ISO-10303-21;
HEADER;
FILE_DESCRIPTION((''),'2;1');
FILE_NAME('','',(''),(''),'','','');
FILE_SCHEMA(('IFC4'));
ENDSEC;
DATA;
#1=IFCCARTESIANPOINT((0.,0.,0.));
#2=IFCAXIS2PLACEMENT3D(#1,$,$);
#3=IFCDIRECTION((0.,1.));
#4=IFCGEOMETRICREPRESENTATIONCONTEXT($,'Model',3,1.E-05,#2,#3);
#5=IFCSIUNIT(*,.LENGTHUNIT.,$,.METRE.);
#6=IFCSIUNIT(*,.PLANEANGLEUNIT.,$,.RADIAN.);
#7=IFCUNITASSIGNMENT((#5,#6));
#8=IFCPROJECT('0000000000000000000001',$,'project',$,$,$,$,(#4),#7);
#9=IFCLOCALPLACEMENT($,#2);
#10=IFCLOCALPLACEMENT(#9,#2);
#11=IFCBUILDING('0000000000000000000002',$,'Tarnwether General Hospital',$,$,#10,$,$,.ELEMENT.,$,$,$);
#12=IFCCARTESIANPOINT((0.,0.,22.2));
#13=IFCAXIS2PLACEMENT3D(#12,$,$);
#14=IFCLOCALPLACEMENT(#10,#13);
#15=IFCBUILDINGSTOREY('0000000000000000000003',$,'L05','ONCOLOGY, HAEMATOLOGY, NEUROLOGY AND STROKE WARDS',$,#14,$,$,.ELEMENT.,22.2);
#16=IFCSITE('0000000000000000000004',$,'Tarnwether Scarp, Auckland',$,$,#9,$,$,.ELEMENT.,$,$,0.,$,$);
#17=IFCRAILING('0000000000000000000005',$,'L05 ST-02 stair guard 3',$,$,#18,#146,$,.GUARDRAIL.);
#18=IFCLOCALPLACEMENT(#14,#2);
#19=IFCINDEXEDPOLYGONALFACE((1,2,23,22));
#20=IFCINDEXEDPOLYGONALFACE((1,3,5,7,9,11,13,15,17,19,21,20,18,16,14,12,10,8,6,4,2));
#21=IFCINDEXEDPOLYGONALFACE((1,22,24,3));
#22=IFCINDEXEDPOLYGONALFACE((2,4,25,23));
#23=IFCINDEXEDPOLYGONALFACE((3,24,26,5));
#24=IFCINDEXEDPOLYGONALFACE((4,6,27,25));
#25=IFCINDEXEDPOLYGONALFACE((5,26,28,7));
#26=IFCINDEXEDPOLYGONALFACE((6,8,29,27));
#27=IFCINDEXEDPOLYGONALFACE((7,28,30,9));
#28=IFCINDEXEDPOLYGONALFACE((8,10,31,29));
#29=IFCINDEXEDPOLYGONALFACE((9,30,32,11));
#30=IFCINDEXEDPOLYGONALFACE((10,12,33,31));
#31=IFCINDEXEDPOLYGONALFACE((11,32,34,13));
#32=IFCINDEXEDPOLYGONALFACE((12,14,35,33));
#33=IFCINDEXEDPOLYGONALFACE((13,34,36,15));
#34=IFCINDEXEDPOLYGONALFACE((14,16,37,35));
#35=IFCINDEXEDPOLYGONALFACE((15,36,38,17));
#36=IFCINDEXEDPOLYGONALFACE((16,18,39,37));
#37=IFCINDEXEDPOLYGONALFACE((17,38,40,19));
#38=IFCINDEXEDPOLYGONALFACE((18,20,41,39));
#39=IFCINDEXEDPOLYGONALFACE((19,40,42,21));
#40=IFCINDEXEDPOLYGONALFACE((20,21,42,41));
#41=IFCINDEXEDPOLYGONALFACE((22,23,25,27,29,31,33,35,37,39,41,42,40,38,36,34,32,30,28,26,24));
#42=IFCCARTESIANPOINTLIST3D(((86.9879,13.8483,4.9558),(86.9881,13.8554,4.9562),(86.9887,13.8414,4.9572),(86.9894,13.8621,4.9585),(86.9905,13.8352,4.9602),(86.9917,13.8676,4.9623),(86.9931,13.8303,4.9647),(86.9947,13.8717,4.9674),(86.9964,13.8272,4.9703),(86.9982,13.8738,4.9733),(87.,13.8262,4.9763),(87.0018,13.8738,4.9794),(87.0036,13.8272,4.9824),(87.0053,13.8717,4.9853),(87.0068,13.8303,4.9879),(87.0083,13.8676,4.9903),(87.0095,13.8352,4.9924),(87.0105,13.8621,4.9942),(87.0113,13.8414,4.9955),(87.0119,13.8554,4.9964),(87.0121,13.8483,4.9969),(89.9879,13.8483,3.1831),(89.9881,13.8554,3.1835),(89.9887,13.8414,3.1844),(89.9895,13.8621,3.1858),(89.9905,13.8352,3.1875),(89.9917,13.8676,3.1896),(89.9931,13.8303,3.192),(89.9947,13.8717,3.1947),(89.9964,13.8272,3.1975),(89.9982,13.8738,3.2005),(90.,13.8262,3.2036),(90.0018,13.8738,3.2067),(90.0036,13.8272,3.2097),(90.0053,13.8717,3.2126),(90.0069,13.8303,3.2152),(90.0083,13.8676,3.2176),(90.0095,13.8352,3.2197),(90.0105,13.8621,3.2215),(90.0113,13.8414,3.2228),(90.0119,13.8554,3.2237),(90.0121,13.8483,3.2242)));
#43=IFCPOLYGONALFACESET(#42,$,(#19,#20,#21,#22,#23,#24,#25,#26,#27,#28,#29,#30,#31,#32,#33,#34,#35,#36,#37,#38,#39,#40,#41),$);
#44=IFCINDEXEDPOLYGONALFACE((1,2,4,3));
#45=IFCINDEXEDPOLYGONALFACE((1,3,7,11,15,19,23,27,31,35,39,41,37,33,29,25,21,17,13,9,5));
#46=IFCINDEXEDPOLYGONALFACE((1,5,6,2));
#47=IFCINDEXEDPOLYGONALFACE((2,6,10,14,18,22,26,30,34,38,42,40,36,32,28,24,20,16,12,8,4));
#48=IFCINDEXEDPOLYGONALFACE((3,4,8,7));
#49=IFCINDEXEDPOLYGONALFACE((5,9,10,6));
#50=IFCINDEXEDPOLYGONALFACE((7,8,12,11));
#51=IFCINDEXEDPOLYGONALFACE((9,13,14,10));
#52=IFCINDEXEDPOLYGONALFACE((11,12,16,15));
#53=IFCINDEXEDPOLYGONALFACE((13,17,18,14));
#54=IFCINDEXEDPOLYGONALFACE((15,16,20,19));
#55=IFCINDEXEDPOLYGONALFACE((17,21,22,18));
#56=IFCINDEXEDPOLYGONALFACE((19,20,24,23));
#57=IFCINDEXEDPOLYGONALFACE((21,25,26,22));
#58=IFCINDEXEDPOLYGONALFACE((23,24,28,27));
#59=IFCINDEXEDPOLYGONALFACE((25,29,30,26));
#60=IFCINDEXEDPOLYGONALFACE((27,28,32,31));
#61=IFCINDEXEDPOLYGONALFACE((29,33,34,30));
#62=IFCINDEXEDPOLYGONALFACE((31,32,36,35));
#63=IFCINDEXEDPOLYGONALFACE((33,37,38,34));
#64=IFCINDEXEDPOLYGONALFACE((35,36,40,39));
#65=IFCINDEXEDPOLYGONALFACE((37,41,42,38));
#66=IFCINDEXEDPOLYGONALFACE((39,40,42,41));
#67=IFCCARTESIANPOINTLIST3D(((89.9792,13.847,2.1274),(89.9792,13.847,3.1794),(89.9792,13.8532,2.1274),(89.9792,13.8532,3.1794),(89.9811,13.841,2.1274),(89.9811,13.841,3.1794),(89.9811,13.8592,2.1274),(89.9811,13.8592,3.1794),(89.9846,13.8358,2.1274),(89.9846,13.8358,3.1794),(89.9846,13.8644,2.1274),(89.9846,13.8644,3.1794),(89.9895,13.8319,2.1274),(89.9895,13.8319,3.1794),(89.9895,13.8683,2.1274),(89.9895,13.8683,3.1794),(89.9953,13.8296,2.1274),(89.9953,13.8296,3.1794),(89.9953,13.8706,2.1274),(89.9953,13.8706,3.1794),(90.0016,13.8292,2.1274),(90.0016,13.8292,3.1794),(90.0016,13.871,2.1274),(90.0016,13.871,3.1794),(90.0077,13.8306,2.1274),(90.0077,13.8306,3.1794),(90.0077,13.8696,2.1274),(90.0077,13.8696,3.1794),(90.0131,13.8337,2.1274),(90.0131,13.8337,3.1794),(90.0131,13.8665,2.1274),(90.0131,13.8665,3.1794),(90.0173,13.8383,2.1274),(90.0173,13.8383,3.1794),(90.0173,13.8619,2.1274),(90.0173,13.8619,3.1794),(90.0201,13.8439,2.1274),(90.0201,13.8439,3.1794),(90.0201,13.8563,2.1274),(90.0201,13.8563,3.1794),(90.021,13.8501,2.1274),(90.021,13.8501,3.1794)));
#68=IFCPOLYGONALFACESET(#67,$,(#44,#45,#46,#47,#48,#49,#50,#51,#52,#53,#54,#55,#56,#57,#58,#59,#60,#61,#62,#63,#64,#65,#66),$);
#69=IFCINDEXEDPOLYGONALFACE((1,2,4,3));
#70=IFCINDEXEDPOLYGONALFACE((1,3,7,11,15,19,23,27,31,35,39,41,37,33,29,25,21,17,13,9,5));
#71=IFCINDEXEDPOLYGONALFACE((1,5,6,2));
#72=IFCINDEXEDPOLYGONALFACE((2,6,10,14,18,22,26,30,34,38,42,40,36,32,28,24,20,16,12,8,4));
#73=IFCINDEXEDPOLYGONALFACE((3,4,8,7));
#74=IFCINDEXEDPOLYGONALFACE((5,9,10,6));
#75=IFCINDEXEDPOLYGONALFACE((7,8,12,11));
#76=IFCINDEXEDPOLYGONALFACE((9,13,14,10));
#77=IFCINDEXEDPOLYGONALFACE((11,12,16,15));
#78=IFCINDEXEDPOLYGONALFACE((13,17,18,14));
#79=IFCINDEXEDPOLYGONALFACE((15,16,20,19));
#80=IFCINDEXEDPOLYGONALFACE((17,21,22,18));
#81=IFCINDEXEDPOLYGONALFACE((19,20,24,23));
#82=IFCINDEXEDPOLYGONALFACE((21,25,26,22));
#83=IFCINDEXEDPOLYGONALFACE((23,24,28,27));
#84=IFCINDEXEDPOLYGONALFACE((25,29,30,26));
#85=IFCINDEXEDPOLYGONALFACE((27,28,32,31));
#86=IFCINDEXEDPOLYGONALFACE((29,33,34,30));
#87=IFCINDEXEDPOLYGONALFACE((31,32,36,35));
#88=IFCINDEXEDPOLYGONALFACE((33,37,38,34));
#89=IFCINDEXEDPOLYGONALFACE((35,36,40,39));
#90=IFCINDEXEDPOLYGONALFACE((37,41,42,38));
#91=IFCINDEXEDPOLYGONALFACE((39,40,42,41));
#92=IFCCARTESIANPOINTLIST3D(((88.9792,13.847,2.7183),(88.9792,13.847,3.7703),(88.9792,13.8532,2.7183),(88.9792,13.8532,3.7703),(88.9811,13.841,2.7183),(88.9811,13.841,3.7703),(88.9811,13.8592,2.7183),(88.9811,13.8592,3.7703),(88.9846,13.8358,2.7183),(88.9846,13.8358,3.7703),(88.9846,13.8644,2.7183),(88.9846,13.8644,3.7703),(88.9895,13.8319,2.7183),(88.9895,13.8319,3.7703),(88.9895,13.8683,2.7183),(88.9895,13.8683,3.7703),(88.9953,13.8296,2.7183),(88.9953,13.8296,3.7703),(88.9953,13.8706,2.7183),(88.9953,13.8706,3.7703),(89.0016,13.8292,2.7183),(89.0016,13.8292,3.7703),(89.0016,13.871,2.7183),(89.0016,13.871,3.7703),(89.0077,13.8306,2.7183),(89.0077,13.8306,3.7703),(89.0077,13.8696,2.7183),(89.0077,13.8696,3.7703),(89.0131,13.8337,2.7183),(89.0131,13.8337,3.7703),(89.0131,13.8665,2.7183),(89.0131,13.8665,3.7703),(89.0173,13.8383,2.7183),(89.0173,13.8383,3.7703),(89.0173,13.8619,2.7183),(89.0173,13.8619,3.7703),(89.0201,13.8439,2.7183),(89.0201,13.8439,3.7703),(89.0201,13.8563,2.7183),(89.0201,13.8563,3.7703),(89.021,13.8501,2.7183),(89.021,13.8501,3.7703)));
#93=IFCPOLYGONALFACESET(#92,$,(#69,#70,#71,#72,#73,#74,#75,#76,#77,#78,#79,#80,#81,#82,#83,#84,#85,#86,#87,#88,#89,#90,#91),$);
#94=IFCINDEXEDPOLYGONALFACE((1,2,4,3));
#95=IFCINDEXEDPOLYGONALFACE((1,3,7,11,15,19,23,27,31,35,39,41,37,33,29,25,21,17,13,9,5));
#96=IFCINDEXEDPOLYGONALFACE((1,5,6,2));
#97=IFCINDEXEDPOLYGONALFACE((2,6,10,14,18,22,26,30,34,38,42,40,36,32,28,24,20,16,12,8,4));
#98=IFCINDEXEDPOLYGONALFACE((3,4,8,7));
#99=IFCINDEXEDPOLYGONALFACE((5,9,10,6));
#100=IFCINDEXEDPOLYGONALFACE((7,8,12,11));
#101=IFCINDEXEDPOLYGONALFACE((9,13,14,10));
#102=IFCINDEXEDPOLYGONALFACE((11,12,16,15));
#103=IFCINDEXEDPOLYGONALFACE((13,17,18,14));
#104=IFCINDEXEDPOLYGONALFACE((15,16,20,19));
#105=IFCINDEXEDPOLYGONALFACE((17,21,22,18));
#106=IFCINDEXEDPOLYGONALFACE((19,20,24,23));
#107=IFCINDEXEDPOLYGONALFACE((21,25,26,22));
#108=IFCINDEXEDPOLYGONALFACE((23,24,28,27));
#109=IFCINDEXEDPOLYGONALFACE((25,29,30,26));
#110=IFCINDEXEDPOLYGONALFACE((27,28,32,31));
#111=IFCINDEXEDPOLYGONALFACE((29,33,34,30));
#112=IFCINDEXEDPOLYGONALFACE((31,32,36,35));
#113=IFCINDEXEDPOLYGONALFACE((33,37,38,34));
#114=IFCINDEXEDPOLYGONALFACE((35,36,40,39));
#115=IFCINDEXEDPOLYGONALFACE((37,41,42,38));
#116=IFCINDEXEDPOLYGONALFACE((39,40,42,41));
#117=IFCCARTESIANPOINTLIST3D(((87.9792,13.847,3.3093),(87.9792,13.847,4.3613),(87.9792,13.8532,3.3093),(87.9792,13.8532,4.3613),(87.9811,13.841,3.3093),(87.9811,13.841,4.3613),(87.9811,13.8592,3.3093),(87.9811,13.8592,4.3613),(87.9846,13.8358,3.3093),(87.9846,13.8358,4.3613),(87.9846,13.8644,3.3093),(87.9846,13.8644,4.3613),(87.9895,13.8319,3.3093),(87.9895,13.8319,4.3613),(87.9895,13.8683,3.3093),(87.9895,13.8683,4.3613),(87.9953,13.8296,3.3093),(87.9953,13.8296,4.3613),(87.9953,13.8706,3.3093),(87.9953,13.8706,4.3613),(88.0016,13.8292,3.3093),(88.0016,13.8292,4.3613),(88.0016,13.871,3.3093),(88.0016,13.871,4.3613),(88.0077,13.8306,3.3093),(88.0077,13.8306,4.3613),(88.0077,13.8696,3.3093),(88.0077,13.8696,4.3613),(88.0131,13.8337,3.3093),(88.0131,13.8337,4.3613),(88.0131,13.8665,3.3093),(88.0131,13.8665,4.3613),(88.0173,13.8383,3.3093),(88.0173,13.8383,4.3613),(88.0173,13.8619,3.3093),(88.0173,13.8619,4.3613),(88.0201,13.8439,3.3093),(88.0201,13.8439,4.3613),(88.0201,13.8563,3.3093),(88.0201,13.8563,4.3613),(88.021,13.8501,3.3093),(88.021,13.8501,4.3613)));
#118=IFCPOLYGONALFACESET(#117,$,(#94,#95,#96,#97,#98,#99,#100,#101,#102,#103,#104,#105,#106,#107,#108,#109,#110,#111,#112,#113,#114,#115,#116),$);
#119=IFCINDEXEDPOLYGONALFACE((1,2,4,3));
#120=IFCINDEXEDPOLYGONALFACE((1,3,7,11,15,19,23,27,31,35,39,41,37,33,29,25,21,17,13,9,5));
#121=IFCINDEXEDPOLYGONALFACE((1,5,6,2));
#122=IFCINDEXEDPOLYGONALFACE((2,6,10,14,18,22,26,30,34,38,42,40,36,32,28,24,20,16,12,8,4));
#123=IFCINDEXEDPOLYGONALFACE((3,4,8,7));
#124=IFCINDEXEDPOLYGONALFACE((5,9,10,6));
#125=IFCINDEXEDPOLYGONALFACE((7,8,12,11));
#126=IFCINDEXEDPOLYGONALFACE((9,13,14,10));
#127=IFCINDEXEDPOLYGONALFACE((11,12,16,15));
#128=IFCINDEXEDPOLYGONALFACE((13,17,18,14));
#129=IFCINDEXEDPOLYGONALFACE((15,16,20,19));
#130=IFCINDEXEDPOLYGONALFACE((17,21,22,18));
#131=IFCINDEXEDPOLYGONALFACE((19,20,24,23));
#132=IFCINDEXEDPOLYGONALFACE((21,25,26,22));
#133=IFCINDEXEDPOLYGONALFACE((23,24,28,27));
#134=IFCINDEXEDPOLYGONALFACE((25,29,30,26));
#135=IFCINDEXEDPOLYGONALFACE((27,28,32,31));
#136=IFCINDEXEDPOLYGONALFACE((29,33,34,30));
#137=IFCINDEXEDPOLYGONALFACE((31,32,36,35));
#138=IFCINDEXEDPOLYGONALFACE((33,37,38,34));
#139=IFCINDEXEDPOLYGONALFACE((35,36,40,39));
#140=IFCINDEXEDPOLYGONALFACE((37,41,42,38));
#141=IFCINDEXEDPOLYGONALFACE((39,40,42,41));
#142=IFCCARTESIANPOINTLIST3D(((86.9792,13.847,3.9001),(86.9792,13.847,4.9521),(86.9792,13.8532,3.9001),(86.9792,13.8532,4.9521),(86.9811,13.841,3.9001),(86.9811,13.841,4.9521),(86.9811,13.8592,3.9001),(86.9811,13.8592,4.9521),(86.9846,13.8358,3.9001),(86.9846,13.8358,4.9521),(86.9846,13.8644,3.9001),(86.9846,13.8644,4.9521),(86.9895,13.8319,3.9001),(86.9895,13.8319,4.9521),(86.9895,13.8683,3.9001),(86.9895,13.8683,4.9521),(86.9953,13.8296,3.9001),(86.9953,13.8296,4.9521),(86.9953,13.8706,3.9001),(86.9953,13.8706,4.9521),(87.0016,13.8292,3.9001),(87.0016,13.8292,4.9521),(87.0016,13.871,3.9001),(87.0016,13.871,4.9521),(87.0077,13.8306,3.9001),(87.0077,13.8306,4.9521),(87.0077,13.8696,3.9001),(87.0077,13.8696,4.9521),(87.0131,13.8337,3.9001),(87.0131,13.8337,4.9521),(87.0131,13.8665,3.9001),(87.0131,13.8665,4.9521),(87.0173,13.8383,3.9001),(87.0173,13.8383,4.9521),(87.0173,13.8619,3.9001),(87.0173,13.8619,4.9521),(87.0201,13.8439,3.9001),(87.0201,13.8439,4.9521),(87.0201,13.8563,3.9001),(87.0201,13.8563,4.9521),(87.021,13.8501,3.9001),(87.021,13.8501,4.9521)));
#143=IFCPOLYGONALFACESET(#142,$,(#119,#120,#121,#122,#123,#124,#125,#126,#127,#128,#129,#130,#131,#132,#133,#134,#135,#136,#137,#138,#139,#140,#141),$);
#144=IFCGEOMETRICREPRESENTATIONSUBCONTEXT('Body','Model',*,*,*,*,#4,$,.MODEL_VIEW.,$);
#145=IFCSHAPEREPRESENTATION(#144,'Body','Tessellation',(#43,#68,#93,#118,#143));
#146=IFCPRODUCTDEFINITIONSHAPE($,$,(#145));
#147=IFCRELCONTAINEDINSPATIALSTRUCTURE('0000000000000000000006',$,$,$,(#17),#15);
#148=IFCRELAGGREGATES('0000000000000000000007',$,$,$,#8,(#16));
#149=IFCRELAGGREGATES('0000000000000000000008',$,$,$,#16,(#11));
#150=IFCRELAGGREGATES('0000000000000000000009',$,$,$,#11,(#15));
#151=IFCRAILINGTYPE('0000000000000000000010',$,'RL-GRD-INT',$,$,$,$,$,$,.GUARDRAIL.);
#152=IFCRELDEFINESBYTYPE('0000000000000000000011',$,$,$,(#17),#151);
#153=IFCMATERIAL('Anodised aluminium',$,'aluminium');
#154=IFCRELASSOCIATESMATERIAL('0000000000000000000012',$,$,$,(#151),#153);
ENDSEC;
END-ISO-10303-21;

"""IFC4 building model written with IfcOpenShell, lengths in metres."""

from ifc_helpers import new_model, si_unit, direction, frame, origin, origin_2d, place, context, subcontext, project, spatial, circle, extrude, material, type_object, element, save


model = new_model("IFC4")

# Units and contexts
model_context = context("Model", 3, precision=1e-05, world=origin(), true_north=direction((0.0, 1.0)))
body_context = subcontext(model_context, "Body", "Model", "MODEL_VIEW")
ifc_project = project(units=[si_unit("LENGTHUNIT", "METRE"), si_unit("PLANEANGLEUNIT", "RADIAN")], contexts=[model_context])

# Site, building, storey
site_placement = place(None, origin())
site = spatial("IfcSite", under=ifc_project, at=site_placement, Name="Tarnwether Scarp, Auckland", CompositionType="ELEMENT", RefElevation=0.0)
building_placement = place(site_placement, origin())
building = spatial("IfcBuilding", under=site, at=building_placement, Name="Tarnwether General Hospital", CompositionType="ELEMENT")
storey_placement = place(building_placement, frame((0.0, 0.0, 22.2)))
storey = spatial("IfcBuildingStorey", under=building, at=storey_placement, Name="L05", Description="ONCOLOGY, HAEMATOLOGY, NEUROLOGY AND STROKE WARDS", CompositionType="ELEMENT", Elevation=22.2)

# Railing
ifc_material_1 = material(Name="Anodised aluminium", Category="aluminium")
railing_type_1 = type_object("IfcRailingType", Name="RL-GRD-INT", PredefinedType="GUARDRAIL", material=ifc_material_1)
railing_1_placement = place(storey_placement, frame((90.0, 13.8501, 2.1274)))
element("IfcRailing", 1, at=railing_1_placement, inside=storey, type_object=railing_type_1, Name="L05 ST-02 stair guard 3", PredefinedType="GUARDRAIL", context=body_context, shape_type="SweptSolid", body=[
    extrude(circle(Radius=0.0239, at=origin_2d()), frame((0.0, 0.0, 1.0762), z_axis=(-0.860929, 0.0, 0.508725), x_axis=(0.0, -1.0, 0.0)), (0.0, 0.0, 1.0), 3.4846),
    extrude(circle(Radius=0.021, at=origin_2d()), origin(), (0.0, 0.0, 1.0), 1.052),
    extrude(circle(Radius=0.021, at=origin_2d()), frame((-1.0, 0.0, 0.5908)), (0.0, 0.0, 1.0), 1.052),
    extrude(circle(Radius=0.021, at=origin_2d()), frame((-2.0, 0.0, 1.1819)), (0.0, 0.0, 1.0), 1.052),
    extrude(circle(Radius=0.021, at=origin_2d()), frame((-3.0, 0.0, 1.7727)), (0.0, 0.0, 1.0), 1.052),
])

save(model, "model.ifc")
